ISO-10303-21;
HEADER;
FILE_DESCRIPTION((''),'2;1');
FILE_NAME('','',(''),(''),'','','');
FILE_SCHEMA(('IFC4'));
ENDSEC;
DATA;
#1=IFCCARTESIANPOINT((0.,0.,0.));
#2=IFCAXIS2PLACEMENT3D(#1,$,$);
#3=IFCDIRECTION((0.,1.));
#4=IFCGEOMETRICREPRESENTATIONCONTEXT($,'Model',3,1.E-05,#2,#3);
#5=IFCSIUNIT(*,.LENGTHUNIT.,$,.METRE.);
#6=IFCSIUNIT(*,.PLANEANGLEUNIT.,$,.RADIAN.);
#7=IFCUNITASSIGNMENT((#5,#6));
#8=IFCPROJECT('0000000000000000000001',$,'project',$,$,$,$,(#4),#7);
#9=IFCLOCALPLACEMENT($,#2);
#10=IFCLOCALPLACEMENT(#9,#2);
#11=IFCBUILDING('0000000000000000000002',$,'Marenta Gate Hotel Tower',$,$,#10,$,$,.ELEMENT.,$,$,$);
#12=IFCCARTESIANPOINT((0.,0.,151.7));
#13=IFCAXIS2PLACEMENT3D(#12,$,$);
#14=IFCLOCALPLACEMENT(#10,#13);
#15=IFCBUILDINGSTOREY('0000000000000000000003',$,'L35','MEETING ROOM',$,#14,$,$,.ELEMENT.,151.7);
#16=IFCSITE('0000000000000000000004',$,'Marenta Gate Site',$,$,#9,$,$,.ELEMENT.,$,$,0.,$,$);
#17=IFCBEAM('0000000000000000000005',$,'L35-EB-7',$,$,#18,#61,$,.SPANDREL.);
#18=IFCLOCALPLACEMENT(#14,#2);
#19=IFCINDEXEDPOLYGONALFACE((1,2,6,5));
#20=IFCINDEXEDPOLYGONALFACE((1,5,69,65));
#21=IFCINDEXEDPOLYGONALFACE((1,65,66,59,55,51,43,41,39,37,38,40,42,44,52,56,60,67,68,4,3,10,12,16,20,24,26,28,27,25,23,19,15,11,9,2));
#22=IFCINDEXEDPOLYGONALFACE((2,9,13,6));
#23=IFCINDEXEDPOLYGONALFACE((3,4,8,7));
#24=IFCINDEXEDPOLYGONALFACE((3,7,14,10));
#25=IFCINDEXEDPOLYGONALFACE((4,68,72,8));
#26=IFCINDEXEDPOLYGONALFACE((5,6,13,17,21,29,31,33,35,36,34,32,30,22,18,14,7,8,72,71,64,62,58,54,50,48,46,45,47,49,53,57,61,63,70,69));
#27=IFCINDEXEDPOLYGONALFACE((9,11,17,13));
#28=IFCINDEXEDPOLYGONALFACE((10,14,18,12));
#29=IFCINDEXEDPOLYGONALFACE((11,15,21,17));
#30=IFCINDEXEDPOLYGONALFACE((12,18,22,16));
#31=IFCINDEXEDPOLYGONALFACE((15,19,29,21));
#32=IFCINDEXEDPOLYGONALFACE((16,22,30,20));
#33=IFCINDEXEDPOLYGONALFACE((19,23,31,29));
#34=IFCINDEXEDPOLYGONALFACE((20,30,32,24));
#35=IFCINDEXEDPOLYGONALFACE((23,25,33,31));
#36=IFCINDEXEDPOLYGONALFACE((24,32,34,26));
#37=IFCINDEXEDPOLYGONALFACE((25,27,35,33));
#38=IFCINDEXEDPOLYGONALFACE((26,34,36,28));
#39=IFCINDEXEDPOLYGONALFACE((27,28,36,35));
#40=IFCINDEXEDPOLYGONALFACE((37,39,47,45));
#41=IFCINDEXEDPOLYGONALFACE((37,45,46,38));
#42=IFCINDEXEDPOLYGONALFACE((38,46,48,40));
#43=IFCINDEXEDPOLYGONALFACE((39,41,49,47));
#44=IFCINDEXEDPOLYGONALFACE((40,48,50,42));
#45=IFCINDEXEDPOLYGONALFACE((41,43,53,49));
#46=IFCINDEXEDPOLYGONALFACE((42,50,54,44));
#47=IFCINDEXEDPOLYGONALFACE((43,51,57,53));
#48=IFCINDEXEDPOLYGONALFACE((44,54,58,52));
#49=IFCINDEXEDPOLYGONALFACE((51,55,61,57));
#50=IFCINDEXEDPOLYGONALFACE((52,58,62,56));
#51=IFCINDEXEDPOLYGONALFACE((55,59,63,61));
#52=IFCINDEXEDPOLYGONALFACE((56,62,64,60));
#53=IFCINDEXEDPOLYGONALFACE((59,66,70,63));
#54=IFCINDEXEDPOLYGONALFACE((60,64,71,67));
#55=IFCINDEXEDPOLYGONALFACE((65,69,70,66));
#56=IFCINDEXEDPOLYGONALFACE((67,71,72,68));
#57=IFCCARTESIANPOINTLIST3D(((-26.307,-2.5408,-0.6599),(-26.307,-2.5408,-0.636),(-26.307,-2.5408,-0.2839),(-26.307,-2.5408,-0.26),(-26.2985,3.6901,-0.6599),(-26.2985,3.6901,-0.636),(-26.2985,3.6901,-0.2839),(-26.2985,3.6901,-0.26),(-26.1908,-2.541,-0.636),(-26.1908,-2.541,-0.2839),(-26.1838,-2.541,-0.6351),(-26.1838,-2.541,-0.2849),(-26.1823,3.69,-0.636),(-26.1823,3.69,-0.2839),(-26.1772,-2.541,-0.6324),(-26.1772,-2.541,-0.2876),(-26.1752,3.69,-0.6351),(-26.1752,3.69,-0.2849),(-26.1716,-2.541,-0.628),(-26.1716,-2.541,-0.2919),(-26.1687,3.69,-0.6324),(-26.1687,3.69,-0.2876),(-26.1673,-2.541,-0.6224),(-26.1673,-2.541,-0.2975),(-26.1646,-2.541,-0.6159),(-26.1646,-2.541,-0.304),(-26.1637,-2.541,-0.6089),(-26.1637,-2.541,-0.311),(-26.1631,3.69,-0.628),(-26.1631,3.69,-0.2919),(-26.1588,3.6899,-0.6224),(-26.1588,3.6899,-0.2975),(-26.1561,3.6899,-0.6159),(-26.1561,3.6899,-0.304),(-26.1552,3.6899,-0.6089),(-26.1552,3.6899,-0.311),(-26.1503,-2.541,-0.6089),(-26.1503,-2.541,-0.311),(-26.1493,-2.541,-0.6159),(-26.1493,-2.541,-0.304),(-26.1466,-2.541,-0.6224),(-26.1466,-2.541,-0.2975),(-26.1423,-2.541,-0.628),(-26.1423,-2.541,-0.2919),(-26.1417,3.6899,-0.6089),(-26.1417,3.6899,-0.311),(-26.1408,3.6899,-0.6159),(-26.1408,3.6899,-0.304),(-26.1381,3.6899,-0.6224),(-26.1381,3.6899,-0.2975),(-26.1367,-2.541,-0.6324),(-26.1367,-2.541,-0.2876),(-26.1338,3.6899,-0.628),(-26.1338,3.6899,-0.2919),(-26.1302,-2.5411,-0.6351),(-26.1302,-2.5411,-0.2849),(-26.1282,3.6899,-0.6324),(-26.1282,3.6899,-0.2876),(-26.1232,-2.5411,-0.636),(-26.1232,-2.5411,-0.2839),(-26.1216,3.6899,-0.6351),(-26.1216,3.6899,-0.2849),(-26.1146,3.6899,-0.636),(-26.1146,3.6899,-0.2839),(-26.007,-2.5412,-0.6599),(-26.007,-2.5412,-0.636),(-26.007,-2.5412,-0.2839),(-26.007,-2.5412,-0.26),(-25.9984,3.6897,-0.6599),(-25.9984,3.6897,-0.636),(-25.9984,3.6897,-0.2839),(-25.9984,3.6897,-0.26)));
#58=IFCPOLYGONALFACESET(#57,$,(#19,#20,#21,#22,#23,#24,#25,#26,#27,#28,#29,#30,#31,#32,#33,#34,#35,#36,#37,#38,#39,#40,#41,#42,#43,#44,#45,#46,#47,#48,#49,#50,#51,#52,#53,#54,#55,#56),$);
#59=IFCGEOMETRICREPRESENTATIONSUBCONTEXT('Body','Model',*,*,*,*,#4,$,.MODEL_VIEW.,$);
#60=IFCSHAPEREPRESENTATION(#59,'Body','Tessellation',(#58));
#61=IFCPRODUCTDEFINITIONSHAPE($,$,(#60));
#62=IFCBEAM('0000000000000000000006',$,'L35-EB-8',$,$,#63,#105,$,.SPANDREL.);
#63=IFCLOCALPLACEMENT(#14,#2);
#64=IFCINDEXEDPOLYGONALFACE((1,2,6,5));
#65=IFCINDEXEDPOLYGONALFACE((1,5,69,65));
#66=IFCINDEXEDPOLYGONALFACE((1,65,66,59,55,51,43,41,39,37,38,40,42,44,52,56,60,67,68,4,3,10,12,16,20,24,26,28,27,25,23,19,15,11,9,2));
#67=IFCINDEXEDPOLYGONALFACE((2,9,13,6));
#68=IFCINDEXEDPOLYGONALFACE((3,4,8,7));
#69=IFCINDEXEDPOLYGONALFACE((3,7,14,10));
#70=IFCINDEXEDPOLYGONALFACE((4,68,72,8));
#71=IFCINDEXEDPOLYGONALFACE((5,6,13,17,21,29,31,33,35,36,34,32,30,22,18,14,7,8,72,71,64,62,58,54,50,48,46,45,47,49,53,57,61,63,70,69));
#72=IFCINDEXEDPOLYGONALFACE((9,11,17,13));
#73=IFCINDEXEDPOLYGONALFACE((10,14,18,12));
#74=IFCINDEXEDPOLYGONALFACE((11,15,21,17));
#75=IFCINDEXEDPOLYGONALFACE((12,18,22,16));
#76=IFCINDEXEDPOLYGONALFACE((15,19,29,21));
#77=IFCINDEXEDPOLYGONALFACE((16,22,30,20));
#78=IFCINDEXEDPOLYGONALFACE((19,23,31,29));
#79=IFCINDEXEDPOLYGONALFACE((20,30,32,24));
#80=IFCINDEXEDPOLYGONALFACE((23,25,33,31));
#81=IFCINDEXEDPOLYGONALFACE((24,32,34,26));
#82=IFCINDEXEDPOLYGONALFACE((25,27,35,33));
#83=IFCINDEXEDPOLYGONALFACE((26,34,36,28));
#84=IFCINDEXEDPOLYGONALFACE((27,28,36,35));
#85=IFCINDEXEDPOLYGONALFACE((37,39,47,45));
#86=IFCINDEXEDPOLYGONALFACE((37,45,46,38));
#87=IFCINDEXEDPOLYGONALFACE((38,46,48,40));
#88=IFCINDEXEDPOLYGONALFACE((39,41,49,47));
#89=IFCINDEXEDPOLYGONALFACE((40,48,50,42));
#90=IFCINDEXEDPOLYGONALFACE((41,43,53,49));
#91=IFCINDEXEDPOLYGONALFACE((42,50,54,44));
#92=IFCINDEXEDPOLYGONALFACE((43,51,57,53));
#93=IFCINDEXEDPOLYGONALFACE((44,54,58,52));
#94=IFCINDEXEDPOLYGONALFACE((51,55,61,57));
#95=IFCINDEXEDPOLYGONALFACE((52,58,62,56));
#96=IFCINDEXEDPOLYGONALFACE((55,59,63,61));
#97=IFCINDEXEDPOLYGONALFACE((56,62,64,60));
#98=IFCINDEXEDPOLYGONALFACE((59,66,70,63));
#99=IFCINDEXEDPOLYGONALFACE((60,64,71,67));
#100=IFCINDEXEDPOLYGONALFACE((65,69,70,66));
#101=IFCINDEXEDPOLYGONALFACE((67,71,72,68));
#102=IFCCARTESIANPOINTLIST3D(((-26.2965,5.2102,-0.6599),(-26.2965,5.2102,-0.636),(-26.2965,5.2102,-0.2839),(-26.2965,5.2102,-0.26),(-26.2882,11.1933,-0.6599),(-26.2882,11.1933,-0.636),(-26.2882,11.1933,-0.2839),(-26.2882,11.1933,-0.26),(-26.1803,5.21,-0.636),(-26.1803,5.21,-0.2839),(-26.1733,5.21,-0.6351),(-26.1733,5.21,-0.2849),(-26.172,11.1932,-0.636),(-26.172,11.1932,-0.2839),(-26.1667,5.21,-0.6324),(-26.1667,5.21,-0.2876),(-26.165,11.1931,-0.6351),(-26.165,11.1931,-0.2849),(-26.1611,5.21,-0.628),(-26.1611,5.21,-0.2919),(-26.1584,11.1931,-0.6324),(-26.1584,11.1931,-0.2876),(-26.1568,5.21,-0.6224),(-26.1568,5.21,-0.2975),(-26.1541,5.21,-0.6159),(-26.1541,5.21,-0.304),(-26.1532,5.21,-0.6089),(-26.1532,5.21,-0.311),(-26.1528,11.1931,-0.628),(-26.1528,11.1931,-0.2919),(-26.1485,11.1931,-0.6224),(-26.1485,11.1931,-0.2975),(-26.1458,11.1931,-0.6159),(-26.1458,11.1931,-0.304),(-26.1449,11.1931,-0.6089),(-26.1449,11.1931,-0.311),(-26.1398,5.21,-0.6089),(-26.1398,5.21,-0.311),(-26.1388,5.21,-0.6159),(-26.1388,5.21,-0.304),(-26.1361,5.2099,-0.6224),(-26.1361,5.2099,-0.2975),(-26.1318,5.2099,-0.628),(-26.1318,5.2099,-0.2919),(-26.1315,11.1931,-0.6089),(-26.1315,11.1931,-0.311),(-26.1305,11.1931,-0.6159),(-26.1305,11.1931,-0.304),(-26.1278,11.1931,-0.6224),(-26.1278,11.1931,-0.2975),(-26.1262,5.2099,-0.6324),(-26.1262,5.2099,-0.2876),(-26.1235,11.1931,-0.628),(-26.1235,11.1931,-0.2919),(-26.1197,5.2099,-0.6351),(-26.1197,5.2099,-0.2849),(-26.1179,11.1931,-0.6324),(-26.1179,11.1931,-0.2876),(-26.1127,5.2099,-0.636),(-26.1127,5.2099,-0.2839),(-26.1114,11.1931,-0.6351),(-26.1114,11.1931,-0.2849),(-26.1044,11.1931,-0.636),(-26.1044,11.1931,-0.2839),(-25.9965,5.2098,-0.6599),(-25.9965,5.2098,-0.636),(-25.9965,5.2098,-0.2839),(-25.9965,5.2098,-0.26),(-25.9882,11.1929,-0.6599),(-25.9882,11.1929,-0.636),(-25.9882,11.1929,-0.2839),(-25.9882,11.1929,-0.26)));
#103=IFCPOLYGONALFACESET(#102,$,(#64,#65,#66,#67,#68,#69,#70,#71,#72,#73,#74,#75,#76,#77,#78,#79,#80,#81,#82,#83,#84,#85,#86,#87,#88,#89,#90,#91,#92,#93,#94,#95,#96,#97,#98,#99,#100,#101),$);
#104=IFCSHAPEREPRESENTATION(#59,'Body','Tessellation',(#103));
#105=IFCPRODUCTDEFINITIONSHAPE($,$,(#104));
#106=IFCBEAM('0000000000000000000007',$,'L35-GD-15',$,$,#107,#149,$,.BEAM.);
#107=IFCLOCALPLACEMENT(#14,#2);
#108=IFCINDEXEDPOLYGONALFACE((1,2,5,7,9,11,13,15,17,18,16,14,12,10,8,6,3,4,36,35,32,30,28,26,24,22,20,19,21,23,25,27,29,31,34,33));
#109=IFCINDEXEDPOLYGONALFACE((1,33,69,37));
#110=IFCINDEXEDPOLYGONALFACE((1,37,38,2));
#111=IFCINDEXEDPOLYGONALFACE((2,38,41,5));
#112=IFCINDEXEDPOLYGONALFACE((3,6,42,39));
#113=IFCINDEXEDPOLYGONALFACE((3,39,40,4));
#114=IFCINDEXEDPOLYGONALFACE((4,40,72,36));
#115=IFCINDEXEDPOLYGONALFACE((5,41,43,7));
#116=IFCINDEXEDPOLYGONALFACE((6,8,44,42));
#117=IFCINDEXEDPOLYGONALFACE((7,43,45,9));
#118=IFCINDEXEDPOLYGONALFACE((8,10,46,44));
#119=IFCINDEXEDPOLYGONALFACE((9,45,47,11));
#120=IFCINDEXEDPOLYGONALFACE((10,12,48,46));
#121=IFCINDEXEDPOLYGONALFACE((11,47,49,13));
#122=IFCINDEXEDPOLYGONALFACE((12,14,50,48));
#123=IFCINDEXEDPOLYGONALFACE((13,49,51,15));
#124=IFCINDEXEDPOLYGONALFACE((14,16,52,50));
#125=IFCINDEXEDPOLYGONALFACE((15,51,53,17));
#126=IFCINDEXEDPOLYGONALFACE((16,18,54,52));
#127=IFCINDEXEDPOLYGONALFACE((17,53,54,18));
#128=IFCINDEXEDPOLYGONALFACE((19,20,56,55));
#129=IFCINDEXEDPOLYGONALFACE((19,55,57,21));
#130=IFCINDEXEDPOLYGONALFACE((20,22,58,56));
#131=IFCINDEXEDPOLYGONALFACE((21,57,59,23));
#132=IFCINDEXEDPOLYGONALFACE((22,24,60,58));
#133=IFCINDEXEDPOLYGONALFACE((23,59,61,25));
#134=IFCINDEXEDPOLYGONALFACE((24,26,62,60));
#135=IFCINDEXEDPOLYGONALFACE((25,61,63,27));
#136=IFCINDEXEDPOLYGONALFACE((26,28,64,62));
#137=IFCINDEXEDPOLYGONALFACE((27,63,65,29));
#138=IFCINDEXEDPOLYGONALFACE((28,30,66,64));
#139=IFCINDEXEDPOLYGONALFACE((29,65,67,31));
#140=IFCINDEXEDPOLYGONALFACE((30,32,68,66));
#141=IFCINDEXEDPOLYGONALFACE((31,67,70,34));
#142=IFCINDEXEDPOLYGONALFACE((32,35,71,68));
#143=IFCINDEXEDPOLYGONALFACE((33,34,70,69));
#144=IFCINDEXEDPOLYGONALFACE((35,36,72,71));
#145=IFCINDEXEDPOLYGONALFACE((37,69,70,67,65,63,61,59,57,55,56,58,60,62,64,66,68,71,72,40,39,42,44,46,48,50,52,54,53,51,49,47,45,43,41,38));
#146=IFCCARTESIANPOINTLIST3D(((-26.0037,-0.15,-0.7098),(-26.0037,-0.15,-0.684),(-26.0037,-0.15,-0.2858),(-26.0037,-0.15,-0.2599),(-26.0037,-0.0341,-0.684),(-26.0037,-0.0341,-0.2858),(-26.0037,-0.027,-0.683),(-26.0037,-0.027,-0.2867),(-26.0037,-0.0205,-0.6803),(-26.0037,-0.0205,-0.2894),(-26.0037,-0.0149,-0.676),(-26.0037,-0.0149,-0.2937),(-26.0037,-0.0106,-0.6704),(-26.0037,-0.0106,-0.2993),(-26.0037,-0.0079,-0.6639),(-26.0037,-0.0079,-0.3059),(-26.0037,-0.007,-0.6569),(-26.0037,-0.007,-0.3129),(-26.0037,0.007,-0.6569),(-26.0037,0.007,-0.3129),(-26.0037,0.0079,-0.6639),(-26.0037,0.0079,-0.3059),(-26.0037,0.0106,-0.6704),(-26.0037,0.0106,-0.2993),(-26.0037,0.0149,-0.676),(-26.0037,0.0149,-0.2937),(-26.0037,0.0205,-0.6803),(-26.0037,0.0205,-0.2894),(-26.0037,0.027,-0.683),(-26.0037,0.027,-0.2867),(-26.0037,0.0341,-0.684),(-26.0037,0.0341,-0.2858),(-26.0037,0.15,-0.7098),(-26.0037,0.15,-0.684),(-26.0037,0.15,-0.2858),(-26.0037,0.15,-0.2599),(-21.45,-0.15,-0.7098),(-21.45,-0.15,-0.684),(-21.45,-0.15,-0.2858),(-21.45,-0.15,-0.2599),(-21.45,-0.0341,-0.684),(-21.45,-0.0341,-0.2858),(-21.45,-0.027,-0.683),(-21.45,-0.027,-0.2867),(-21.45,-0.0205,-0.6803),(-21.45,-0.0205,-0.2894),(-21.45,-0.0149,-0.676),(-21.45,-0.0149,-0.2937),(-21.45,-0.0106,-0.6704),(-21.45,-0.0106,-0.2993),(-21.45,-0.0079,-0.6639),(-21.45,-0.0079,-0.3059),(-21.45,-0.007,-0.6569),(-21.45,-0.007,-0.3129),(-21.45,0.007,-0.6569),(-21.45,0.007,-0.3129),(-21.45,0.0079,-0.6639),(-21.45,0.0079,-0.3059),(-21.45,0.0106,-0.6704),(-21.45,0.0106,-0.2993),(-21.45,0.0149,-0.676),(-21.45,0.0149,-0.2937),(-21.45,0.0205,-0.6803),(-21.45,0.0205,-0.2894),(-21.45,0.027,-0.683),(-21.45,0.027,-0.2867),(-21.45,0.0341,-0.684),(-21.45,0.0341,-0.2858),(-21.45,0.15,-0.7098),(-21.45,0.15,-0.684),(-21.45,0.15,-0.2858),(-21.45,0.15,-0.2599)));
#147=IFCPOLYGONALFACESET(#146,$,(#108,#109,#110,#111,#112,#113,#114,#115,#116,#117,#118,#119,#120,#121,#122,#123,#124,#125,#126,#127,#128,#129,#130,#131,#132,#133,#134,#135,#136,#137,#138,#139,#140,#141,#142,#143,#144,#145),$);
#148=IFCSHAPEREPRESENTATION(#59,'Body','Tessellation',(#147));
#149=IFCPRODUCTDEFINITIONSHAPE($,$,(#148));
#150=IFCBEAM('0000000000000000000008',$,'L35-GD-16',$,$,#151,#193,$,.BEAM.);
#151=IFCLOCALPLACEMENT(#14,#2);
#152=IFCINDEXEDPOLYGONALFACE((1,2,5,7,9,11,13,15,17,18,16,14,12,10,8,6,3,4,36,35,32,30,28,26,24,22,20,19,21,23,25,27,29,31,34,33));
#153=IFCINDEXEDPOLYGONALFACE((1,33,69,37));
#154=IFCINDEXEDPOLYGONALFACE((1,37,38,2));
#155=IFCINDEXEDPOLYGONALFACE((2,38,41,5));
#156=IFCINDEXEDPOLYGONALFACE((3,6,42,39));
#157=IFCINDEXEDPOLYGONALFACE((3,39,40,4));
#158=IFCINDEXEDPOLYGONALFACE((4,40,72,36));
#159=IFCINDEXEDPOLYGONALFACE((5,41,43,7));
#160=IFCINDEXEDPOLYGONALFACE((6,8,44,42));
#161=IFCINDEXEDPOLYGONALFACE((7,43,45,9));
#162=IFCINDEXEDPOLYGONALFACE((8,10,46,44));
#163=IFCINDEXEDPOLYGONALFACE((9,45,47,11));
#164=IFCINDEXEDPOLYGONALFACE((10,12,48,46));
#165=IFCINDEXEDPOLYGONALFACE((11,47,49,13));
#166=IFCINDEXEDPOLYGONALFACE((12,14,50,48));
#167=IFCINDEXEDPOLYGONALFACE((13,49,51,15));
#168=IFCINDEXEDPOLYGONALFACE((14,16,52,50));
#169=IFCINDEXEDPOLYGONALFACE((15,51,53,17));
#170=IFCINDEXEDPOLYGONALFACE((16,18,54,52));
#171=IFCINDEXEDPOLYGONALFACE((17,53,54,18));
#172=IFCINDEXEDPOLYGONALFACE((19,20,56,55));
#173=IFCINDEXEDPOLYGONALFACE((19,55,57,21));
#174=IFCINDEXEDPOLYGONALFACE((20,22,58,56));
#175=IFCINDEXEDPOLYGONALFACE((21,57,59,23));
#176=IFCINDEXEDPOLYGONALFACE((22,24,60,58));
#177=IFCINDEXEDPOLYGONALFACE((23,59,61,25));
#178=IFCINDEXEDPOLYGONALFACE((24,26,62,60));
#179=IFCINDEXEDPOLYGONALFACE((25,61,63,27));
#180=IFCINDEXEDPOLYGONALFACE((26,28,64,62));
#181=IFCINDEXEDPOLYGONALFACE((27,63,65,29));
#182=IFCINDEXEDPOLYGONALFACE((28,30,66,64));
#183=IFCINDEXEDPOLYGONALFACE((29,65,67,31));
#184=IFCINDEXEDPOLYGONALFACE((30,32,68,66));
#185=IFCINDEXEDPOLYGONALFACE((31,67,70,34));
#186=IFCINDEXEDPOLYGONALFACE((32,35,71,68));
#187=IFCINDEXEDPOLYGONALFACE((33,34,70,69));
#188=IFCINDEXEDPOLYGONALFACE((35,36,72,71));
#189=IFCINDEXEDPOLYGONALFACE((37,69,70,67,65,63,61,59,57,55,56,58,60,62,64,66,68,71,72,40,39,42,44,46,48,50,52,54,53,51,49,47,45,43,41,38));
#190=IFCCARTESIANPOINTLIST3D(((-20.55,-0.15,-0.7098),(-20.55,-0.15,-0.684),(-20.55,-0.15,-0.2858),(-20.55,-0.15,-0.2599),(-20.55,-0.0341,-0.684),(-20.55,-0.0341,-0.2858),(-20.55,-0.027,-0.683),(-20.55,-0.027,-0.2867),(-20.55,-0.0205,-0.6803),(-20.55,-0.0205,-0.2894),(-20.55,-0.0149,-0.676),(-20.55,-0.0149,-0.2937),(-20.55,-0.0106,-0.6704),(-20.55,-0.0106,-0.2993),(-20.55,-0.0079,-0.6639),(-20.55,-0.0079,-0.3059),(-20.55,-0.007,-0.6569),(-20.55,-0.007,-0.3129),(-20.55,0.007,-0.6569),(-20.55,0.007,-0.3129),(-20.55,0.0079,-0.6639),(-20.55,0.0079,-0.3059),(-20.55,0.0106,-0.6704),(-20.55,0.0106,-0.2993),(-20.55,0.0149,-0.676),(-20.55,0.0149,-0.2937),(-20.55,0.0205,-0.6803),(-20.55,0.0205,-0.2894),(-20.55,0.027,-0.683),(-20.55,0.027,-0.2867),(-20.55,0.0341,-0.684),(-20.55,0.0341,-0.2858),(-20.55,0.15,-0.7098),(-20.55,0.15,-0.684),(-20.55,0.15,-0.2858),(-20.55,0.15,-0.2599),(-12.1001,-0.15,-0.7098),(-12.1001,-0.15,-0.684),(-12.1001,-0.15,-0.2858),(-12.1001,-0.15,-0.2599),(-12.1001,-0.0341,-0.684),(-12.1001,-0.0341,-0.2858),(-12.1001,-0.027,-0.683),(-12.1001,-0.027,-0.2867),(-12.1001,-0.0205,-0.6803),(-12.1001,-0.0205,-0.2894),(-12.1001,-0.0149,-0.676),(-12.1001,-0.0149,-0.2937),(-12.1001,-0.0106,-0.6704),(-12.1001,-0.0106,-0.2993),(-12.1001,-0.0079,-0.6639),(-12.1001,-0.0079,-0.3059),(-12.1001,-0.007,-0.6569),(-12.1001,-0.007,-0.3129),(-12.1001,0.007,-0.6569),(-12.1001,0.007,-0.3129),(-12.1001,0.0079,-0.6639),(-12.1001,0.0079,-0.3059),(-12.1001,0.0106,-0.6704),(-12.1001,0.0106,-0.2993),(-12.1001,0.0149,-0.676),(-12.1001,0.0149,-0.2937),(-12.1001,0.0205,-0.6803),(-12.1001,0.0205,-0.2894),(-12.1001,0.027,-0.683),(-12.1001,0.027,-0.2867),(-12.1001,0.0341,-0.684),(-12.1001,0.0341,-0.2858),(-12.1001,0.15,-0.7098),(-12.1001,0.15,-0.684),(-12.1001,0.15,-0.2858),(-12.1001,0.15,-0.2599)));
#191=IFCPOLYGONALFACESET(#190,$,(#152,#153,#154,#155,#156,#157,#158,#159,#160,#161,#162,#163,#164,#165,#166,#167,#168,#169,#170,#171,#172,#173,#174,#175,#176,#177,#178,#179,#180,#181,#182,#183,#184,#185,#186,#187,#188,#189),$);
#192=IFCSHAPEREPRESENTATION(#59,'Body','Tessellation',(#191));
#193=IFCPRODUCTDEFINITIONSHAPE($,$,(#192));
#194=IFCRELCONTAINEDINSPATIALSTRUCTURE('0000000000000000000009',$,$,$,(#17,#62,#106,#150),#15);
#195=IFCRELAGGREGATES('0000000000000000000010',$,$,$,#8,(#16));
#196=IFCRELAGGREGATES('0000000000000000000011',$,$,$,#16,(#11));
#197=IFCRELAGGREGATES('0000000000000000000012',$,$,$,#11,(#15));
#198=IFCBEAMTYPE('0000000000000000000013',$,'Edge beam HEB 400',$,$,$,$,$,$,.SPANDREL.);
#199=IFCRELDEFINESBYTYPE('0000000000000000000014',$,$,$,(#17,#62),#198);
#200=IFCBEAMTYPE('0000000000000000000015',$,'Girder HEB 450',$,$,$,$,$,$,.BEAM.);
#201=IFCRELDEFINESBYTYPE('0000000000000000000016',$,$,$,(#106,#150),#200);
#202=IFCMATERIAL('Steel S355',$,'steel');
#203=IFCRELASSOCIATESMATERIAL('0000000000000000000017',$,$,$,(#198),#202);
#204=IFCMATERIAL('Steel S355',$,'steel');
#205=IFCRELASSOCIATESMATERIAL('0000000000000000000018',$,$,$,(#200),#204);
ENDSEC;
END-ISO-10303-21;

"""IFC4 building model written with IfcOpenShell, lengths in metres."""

from ifc_helpers import new_model, si_unit, direction, frame, origin, origin_2d, place, context, subcontext, project, spatial, i_section, extrude, material, material_profile, profile_set, type_object, element, save


model = new_model("IFC4")

# Units and contexts
model_context = context("Model", 3, precision=1e-05, world=origin(), true_north=direction((0.0, 1.0)))
body_context = subcontext(model_context, "Body", "Model", "MODEL_VIEW")
ifc_project = project(units=[si_unit("LENGTHUNIT", "METRE"), si_unit("PLANEANGLEUNIT", "RADIAN")], contexts=[model_context])

# Site, building, storey
site_placement = place(None, origin())
site = spatial("IfcSite", under=ifc_project, at=site_placement, Name="Marenta Gate Site", CompositionType="ELEMENT", RefElevation=0.0)
building_placement = place(site_placement, origin())
building = spatial("IfcBuilding", under=site, at=building_placement, Name="Marenta Gate Hotel Tower", CompositionType="ELEMENT")
storey_placement = place(building_placement, frame((0.0, 0.0, 151.7)))
storey = spatial("IfcBuildingStorey", under=building, at=storey_placement, Name="L35", Description="MEETING ROOM", CompositionType="ELEMENT", Elevation=151.7)

# Beams
ifc_material_1 = material(Name="Steel S355", Category="steel")
ifc_material_profile_1 = material_profile(ifc_material_1, i_section(OverallWidth=0.3, OverallDepth=0.3999, WebThickness=0.0134, FlangeThickness=0.0239, FilletRadius=0.0271, at=origin_2d()), Name="HEB 400")
ifc_profile_set_1 = profile_set([ifc_material_profile_1], Name="Steel S355")
beam_type_1 = type_object("IfcBeamType", Name="Edge beam HEB 400", PredefinedType="SPANDREL", material=ifc_profile_set_1)
beam_1_placement = place(storey_placement, frame((-26.157, -2.541, -0.46), z_axis=(0.001371, 0.999999, 0.0), x_axis=(-0.999999, 0.001371, 0.0)))
element("IfcBeam", 1, at=beam_1_placement, inside=storey, type_object=beam_type_1, Name="L35-EB-7", PredefinedType="SPANDREL", context=body_context, shape_type="SweptSolid", body=[
    extrude(i_section(OverallWidth=0.3, OverallDepth=0.3999, WebThickness=0.0134, FlangeThickness=0.0239, FilletRadius=0.0271, at=origin_2d()), origin(), (0.0, 0.0, 1.0), 6.231),
])
beam_2_placement = place(storey_placement, frame((-26.1465, 5.21, -0.46), z_axis=(0.001387, 0.999999, 0.0), x_axis=(-0.999999, 0.001387, 0.0)))
element("IfcBeam", 2, at=beam_2_placement, inside=storey, type_object=beam_type_1, Name="L35-EB-8", PredefinedType="SPANDREL", context=body_context, shape_type="SweptSolid", body=[
    extrude(i_section(OverallWidth=0.3, OverallDepth=0.3999, WebThickness=0.0134, FlangeThickness=0.0239, FilletRadius=0.0271, at=origin_2d()), origin(), (0.0, 0.0, 1.0), 5.9832),
])
ifc_material_2 = material(Name="Steel S355", Category="steel")
ifc_material_profile_2 = material_profile(ifc_material_2, i_section(OverallWidth=0.3, OverallDepth=0.45, WebThickness=0.0139, FlangeThickness=0.0259, FilletRadius=0.0271, at=origin_2d()), Name="HEB 450")
ifc_profile_set_2 = profile_set([ifc_material_profile_2], Name="Steel S355")
beam_type_2 = type_object("IfcBeamType", Name="Girder HEB 450", PredefinedType="BEAM", material=ifc_profile_set_2)
beam_3_placement = place(storey_placement, frame((-26.0037, 0.0, -0.4849), z_axis=(1.0, 0.0, 0.0), x_axis=(0.0, 1.0, 0.0)))
element("IfcBeam", 3, at=beam_3_placement, inside=storey, type_object=beam_type_2, Name="L35-GD-15", PredefinedType="BEAM", context=body_context, shape_type="SweptSolid", body=[
    extrude(i_section(OverallWidth=0.3, OverallDepth=0.45, WebThickness=0.0139, FlangeThickness=0.0259, FilletRadius=0.0271, at=origin_2d()), origin(), (0.0, 0.0, 1.0), 4.5537),
])
beam_4_placement = place(storey_placement, frame((-20.55, 0.0, -0.4849), z_axis=(1.0, 0.0, 0.0), x_axis=(0.0, 1.0, 0.0)))
element("IfcBeam", 4, at=beam_4_placement, inside=storey, type_object=beam_type_2, Name="L35-GD-16", PredefinedType="BEAM", context=body_context, shape_type="SweptSolid", body=[
    extrude(i_section(OverallWidth=0.3, OverallDepth=0.45, WebThickness=0.0139, FlangeThickness=0.0259, FilletRadius=0.0271, at=origin_2d()), origin(), (0.0, 0.0, 1.0), 8.45),
])

save(model, "model.ifc")
